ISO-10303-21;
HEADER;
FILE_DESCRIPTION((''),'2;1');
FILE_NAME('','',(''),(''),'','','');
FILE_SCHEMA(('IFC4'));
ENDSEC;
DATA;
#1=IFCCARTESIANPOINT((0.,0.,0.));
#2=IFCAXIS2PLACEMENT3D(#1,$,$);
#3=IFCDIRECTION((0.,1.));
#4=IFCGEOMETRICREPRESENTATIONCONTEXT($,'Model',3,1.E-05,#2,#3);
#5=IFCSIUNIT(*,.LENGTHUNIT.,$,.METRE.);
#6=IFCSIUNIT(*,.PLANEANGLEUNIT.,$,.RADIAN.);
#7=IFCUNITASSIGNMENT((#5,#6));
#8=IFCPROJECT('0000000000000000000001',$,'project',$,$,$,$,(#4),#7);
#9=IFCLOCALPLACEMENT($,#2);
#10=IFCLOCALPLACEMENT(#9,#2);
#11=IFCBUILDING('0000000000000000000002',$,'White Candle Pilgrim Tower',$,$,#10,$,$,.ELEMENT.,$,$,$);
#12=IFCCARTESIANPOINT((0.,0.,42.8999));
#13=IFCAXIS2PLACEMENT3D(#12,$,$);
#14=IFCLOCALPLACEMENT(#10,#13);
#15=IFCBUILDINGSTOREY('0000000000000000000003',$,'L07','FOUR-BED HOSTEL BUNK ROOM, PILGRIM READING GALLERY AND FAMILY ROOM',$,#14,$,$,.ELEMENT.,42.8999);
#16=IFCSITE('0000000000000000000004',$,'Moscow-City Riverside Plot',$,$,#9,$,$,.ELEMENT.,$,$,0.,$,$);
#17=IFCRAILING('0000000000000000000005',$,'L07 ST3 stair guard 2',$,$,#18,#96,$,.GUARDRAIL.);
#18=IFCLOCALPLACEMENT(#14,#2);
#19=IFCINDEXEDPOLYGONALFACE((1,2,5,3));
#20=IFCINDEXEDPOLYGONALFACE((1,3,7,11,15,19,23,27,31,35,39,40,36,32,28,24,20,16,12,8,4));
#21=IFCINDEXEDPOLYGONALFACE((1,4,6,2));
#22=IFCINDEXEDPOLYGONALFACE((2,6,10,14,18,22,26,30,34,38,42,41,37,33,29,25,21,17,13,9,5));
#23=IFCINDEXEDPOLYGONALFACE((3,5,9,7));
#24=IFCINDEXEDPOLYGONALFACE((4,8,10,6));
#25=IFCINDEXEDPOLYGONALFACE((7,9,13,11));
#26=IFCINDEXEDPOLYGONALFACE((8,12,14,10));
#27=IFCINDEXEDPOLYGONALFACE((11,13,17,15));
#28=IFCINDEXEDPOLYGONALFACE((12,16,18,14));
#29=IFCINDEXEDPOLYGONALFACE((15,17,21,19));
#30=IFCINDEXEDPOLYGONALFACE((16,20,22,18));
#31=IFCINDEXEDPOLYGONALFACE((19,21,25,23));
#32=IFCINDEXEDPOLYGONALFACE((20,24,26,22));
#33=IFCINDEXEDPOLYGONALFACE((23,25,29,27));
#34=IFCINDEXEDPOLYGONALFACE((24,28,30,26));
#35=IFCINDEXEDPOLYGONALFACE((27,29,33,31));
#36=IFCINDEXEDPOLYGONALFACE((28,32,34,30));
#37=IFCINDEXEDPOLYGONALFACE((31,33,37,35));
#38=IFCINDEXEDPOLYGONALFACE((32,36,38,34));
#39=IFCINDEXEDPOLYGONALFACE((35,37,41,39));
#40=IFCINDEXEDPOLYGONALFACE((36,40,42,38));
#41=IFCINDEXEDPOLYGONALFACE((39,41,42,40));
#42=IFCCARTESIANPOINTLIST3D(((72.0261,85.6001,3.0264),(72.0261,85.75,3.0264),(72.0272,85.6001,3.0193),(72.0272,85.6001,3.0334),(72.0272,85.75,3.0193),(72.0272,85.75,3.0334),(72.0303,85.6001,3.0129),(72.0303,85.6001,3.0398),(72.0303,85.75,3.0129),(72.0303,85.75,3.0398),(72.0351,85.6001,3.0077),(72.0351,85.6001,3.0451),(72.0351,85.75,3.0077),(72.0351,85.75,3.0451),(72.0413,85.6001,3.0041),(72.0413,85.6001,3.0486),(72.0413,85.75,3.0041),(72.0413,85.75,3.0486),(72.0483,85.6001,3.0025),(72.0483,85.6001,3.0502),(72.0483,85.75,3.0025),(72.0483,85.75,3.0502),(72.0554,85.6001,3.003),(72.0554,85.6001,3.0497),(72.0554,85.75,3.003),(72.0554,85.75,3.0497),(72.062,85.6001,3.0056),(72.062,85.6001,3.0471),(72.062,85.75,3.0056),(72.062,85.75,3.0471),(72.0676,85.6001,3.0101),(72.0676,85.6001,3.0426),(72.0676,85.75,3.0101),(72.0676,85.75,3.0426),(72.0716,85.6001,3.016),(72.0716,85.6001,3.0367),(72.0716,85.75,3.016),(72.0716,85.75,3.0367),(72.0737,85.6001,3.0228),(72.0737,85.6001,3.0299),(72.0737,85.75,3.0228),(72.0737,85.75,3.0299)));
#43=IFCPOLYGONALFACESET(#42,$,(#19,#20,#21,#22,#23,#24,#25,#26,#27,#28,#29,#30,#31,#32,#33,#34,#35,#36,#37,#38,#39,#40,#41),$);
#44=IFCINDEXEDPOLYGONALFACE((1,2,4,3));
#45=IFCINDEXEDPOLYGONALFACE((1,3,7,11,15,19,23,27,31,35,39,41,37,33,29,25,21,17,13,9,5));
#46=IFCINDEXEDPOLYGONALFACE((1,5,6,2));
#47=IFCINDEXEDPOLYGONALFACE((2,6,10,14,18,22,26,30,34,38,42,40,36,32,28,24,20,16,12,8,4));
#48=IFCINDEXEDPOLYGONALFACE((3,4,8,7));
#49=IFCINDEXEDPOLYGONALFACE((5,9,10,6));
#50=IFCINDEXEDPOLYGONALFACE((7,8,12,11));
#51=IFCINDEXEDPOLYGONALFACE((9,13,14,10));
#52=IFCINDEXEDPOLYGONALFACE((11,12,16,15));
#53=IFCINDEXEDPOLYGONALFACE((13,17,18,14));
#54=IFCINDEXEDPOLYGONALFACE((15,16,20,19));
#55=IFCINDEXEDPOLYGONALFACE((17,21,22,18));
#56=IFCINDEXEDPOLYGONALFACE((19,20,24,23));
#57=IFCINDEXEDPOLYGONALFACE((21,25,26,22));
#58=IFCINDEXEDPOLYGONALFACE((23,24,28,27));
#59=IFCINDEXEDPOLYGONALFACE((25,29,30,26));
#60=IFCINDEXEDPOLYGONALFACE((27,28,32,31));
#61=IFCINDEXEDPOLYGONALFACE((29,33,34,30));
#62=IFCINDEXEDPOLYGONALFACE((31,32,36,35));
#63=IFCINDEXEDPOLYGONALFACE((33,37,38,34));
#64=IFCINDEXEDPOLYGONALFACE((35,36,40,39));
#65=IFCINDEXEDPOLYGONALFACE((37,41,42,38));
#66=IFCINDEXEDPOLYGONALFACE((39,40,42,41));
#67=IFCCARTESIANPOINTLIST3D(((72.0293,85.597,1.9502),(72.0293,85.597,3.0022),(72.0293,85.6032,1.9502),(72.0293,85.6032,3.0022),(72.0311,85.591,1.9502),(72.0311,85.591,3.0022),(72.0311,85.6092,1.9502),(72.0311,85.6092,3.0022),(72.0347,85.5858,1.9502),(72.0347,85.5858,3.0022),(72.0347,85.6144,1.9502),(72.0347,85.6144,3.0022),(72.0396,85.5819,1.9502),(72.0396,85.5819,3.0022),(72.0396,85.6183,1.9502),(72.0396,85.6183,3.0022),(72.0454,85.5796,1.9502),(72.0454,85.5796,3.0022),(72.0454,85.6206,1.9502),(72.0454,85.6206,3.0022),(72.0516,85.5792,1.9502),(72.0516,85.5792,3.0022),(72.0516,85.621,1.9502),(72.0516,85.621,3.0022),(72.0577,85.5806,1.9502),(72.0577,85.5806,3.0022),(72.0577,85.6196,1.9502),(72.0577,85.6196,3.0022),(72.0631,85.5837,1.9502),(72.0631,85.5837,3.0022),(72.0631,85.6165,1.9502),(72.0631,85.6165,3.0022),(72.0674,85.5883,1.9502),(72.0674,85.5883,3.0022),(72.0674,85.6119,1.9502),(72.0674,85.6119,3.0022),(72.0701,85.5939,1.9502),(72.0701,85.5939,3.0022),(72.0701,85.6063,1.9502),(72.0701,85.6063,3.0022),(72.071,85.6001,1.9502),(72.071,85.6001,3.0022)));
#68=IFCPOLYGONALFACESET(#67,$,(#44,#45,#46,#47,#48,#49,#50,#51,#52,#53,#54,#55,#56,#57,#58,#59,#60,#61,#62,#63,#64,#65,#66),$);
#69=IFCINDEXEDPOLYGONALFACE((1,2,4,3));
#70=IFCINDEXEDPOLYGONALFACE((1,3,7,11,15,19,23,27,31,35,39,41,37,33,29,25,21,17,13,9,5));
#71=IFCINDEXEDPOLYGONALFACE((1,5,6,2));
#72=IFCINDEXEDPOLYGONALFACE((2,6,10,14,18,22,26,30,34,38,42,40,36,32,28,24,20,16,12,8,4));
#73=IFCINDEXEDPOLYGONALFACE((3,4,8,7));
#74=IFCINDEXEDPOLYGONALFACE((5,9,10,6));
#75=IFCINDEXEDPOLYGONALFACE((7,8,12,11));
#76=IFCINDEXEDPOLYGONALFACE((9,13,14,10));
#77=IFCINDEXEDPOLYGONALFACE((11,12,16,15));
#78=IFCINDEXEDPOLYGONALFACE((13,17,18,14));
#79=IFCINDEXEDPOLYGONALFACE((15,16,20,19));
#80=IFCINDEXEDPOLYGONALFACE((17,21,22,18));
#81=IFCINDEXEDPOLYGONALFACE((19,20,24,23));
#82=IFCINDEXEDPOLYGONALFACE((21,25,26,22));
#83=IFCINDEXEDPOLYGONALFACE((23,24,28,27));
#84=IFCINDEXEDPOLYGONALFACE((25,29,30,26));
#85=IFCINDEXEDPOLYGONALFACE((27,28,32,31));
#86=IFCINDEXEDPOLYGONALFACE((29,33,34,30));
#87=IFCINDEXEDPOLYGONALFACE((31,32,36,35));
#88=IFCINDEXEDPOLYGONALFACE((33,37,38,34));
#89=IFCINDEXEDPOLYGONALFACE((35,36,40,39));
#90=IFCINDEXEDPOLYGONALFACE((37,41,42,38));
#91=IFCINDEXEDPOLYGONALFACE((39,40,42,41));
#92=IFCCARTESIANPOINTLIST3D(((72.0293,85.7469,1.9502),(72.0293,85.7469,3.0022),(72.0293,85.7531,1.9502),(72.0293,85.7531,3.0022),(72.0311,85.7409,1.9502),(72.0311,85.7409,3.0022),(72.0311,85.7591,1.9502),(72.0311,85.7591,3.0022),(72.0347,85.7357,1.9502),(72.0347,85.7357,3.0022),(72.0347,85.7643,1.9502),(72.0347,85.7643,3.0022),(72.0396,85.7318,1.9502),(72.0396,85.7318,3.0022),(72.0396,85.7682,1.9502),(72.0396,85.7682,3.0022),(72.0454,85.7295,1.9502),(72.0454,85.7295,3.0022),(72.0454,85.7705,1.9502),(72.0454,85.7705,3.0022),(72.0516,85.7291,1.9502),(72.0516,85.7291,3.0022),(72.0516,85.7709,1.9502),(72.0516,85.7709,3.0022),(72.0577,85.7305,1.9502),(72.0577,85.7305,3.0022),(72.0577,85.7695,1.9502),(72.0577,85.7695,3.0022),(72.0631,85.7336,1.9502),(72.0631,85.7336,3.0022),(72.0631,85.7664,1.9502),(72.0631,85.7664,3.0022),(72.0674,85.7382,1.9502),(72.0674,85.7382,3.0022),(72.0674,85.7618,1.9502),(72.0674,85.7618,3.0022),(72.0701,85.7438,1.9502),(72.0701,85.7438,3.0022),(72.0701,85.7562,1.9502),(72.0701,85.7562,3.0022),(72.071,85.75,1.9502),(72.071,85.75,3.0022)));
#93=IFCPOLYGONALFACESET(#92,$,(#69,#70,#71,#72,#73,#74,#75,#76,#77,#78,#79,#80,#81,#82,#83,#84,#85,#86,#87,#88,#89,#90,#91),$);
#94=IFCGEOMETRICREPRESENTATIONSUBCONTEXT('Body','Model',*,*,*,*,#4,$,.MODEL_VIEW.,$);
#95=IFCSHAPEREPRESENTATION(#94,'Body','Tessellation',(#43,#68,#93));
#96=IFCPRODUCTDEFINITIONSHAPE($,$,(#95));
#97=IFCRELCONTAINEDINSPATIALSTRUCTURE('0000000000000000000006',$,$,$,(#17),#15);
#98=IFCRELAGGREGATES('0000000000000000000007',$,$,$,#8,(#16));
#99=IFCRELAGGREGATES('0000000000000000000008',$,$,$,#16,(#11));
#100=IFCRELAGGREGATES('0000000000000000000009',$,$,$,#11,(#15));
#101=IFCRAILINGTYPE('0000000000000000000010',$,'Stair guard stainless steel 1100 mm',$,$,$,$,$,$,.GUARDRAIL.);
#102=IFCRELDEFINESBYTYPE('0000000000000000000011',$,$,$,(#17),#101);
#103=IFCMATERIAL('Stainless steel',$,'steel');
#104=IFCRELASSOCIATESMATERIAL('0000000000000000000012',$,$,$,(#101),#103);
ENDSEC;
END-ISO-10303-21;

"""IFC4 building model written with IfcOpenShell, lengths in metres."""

from ifc_helpers import new_model, si_unit, direction, frame, origin, origin_2d, place, context, subcontext, project, spatial, circle, extrude, material, type_object, element, save


model = new_model("IFC4")

# Units and contexts
model_context = context("Model", 3, precision=1e-05, world=origin(), true_north=direction((0.0, 1.0)))
body_context = subcontext(model_context, "Body", "Model", "MODEL_VIEW")
ifc_project = project(units=[si_unit("LENGTHUNIT", "METRE"), si_unit("PLANEANGLEUNIT", "RADIAN")], contexts=[model_context])

# Site, building, storey
site_placement = place(None, origin())
site = spatial("IfcSite", under=ifc_project, at=site_placement, Name="Moscow-City Riverside Plot", CompositionType="ELEMENT", RefElevation=0.0)
building_placement = place(site_placement, origin())
building = spatial("IfcBuilding", under=site, at=building_placement, Name="White Candle Pilgrim Tower", CompositionType="ELEMENT")
storey_placement = place(building_placement, frame((0.0, 0.0, 42.8999)))
storey = spatial("IfcBuildingStorey", under=building, at=storey_placement, Name="L07", Description="FOUR-BED HOSTEL BUNK ROOM, PILGRIM READING GALLERY AND FAMILY ROOM", CompositionType="ELEMENT", Elevation=42.8999)

# Railing
ifc_material_1 = material(Name="Stainless steel", Category="steel")
railing_type_1 = type_object("IfcRailingType", Name="Stair guard stainless steel 1100 mm", PredefinedType="GUARDRAIL", material=ifc_material_1)
railing_1_placement = place(storey_placement, frame((72.05, 85.6001, 1.9502)))
element("IfcRailing", 1, at=railing_1_placement, inside=storey, type_object=railing_type_1, Name="L07 ST3 stair guard 2", PredefinedType="GUARDRAIL", context=body_context, shape_type="SweptSolid", body=[
    extrude(circle(Radius=0.0239, at=origin_2d()), frame((0.0, 0.0, 1.0762), z_axis=(0.0, 1.0, 0.0), x_axis=(-1.0, 0.0, 0.0)), (0.0, 0.0, 1.0), 0.1499),
    extrude(circle(Radius=0.021, at=origin_2d()), origin(), (0.0, 0.0, 1.0), 1.052),
    extrude(circle(Radius=0.021, at=origin_2d()), frame((0.0, 0.1499, 0.0)), (0.0, 0.0, 1.0), 1.052),
])

save(model, "model.ifc")
